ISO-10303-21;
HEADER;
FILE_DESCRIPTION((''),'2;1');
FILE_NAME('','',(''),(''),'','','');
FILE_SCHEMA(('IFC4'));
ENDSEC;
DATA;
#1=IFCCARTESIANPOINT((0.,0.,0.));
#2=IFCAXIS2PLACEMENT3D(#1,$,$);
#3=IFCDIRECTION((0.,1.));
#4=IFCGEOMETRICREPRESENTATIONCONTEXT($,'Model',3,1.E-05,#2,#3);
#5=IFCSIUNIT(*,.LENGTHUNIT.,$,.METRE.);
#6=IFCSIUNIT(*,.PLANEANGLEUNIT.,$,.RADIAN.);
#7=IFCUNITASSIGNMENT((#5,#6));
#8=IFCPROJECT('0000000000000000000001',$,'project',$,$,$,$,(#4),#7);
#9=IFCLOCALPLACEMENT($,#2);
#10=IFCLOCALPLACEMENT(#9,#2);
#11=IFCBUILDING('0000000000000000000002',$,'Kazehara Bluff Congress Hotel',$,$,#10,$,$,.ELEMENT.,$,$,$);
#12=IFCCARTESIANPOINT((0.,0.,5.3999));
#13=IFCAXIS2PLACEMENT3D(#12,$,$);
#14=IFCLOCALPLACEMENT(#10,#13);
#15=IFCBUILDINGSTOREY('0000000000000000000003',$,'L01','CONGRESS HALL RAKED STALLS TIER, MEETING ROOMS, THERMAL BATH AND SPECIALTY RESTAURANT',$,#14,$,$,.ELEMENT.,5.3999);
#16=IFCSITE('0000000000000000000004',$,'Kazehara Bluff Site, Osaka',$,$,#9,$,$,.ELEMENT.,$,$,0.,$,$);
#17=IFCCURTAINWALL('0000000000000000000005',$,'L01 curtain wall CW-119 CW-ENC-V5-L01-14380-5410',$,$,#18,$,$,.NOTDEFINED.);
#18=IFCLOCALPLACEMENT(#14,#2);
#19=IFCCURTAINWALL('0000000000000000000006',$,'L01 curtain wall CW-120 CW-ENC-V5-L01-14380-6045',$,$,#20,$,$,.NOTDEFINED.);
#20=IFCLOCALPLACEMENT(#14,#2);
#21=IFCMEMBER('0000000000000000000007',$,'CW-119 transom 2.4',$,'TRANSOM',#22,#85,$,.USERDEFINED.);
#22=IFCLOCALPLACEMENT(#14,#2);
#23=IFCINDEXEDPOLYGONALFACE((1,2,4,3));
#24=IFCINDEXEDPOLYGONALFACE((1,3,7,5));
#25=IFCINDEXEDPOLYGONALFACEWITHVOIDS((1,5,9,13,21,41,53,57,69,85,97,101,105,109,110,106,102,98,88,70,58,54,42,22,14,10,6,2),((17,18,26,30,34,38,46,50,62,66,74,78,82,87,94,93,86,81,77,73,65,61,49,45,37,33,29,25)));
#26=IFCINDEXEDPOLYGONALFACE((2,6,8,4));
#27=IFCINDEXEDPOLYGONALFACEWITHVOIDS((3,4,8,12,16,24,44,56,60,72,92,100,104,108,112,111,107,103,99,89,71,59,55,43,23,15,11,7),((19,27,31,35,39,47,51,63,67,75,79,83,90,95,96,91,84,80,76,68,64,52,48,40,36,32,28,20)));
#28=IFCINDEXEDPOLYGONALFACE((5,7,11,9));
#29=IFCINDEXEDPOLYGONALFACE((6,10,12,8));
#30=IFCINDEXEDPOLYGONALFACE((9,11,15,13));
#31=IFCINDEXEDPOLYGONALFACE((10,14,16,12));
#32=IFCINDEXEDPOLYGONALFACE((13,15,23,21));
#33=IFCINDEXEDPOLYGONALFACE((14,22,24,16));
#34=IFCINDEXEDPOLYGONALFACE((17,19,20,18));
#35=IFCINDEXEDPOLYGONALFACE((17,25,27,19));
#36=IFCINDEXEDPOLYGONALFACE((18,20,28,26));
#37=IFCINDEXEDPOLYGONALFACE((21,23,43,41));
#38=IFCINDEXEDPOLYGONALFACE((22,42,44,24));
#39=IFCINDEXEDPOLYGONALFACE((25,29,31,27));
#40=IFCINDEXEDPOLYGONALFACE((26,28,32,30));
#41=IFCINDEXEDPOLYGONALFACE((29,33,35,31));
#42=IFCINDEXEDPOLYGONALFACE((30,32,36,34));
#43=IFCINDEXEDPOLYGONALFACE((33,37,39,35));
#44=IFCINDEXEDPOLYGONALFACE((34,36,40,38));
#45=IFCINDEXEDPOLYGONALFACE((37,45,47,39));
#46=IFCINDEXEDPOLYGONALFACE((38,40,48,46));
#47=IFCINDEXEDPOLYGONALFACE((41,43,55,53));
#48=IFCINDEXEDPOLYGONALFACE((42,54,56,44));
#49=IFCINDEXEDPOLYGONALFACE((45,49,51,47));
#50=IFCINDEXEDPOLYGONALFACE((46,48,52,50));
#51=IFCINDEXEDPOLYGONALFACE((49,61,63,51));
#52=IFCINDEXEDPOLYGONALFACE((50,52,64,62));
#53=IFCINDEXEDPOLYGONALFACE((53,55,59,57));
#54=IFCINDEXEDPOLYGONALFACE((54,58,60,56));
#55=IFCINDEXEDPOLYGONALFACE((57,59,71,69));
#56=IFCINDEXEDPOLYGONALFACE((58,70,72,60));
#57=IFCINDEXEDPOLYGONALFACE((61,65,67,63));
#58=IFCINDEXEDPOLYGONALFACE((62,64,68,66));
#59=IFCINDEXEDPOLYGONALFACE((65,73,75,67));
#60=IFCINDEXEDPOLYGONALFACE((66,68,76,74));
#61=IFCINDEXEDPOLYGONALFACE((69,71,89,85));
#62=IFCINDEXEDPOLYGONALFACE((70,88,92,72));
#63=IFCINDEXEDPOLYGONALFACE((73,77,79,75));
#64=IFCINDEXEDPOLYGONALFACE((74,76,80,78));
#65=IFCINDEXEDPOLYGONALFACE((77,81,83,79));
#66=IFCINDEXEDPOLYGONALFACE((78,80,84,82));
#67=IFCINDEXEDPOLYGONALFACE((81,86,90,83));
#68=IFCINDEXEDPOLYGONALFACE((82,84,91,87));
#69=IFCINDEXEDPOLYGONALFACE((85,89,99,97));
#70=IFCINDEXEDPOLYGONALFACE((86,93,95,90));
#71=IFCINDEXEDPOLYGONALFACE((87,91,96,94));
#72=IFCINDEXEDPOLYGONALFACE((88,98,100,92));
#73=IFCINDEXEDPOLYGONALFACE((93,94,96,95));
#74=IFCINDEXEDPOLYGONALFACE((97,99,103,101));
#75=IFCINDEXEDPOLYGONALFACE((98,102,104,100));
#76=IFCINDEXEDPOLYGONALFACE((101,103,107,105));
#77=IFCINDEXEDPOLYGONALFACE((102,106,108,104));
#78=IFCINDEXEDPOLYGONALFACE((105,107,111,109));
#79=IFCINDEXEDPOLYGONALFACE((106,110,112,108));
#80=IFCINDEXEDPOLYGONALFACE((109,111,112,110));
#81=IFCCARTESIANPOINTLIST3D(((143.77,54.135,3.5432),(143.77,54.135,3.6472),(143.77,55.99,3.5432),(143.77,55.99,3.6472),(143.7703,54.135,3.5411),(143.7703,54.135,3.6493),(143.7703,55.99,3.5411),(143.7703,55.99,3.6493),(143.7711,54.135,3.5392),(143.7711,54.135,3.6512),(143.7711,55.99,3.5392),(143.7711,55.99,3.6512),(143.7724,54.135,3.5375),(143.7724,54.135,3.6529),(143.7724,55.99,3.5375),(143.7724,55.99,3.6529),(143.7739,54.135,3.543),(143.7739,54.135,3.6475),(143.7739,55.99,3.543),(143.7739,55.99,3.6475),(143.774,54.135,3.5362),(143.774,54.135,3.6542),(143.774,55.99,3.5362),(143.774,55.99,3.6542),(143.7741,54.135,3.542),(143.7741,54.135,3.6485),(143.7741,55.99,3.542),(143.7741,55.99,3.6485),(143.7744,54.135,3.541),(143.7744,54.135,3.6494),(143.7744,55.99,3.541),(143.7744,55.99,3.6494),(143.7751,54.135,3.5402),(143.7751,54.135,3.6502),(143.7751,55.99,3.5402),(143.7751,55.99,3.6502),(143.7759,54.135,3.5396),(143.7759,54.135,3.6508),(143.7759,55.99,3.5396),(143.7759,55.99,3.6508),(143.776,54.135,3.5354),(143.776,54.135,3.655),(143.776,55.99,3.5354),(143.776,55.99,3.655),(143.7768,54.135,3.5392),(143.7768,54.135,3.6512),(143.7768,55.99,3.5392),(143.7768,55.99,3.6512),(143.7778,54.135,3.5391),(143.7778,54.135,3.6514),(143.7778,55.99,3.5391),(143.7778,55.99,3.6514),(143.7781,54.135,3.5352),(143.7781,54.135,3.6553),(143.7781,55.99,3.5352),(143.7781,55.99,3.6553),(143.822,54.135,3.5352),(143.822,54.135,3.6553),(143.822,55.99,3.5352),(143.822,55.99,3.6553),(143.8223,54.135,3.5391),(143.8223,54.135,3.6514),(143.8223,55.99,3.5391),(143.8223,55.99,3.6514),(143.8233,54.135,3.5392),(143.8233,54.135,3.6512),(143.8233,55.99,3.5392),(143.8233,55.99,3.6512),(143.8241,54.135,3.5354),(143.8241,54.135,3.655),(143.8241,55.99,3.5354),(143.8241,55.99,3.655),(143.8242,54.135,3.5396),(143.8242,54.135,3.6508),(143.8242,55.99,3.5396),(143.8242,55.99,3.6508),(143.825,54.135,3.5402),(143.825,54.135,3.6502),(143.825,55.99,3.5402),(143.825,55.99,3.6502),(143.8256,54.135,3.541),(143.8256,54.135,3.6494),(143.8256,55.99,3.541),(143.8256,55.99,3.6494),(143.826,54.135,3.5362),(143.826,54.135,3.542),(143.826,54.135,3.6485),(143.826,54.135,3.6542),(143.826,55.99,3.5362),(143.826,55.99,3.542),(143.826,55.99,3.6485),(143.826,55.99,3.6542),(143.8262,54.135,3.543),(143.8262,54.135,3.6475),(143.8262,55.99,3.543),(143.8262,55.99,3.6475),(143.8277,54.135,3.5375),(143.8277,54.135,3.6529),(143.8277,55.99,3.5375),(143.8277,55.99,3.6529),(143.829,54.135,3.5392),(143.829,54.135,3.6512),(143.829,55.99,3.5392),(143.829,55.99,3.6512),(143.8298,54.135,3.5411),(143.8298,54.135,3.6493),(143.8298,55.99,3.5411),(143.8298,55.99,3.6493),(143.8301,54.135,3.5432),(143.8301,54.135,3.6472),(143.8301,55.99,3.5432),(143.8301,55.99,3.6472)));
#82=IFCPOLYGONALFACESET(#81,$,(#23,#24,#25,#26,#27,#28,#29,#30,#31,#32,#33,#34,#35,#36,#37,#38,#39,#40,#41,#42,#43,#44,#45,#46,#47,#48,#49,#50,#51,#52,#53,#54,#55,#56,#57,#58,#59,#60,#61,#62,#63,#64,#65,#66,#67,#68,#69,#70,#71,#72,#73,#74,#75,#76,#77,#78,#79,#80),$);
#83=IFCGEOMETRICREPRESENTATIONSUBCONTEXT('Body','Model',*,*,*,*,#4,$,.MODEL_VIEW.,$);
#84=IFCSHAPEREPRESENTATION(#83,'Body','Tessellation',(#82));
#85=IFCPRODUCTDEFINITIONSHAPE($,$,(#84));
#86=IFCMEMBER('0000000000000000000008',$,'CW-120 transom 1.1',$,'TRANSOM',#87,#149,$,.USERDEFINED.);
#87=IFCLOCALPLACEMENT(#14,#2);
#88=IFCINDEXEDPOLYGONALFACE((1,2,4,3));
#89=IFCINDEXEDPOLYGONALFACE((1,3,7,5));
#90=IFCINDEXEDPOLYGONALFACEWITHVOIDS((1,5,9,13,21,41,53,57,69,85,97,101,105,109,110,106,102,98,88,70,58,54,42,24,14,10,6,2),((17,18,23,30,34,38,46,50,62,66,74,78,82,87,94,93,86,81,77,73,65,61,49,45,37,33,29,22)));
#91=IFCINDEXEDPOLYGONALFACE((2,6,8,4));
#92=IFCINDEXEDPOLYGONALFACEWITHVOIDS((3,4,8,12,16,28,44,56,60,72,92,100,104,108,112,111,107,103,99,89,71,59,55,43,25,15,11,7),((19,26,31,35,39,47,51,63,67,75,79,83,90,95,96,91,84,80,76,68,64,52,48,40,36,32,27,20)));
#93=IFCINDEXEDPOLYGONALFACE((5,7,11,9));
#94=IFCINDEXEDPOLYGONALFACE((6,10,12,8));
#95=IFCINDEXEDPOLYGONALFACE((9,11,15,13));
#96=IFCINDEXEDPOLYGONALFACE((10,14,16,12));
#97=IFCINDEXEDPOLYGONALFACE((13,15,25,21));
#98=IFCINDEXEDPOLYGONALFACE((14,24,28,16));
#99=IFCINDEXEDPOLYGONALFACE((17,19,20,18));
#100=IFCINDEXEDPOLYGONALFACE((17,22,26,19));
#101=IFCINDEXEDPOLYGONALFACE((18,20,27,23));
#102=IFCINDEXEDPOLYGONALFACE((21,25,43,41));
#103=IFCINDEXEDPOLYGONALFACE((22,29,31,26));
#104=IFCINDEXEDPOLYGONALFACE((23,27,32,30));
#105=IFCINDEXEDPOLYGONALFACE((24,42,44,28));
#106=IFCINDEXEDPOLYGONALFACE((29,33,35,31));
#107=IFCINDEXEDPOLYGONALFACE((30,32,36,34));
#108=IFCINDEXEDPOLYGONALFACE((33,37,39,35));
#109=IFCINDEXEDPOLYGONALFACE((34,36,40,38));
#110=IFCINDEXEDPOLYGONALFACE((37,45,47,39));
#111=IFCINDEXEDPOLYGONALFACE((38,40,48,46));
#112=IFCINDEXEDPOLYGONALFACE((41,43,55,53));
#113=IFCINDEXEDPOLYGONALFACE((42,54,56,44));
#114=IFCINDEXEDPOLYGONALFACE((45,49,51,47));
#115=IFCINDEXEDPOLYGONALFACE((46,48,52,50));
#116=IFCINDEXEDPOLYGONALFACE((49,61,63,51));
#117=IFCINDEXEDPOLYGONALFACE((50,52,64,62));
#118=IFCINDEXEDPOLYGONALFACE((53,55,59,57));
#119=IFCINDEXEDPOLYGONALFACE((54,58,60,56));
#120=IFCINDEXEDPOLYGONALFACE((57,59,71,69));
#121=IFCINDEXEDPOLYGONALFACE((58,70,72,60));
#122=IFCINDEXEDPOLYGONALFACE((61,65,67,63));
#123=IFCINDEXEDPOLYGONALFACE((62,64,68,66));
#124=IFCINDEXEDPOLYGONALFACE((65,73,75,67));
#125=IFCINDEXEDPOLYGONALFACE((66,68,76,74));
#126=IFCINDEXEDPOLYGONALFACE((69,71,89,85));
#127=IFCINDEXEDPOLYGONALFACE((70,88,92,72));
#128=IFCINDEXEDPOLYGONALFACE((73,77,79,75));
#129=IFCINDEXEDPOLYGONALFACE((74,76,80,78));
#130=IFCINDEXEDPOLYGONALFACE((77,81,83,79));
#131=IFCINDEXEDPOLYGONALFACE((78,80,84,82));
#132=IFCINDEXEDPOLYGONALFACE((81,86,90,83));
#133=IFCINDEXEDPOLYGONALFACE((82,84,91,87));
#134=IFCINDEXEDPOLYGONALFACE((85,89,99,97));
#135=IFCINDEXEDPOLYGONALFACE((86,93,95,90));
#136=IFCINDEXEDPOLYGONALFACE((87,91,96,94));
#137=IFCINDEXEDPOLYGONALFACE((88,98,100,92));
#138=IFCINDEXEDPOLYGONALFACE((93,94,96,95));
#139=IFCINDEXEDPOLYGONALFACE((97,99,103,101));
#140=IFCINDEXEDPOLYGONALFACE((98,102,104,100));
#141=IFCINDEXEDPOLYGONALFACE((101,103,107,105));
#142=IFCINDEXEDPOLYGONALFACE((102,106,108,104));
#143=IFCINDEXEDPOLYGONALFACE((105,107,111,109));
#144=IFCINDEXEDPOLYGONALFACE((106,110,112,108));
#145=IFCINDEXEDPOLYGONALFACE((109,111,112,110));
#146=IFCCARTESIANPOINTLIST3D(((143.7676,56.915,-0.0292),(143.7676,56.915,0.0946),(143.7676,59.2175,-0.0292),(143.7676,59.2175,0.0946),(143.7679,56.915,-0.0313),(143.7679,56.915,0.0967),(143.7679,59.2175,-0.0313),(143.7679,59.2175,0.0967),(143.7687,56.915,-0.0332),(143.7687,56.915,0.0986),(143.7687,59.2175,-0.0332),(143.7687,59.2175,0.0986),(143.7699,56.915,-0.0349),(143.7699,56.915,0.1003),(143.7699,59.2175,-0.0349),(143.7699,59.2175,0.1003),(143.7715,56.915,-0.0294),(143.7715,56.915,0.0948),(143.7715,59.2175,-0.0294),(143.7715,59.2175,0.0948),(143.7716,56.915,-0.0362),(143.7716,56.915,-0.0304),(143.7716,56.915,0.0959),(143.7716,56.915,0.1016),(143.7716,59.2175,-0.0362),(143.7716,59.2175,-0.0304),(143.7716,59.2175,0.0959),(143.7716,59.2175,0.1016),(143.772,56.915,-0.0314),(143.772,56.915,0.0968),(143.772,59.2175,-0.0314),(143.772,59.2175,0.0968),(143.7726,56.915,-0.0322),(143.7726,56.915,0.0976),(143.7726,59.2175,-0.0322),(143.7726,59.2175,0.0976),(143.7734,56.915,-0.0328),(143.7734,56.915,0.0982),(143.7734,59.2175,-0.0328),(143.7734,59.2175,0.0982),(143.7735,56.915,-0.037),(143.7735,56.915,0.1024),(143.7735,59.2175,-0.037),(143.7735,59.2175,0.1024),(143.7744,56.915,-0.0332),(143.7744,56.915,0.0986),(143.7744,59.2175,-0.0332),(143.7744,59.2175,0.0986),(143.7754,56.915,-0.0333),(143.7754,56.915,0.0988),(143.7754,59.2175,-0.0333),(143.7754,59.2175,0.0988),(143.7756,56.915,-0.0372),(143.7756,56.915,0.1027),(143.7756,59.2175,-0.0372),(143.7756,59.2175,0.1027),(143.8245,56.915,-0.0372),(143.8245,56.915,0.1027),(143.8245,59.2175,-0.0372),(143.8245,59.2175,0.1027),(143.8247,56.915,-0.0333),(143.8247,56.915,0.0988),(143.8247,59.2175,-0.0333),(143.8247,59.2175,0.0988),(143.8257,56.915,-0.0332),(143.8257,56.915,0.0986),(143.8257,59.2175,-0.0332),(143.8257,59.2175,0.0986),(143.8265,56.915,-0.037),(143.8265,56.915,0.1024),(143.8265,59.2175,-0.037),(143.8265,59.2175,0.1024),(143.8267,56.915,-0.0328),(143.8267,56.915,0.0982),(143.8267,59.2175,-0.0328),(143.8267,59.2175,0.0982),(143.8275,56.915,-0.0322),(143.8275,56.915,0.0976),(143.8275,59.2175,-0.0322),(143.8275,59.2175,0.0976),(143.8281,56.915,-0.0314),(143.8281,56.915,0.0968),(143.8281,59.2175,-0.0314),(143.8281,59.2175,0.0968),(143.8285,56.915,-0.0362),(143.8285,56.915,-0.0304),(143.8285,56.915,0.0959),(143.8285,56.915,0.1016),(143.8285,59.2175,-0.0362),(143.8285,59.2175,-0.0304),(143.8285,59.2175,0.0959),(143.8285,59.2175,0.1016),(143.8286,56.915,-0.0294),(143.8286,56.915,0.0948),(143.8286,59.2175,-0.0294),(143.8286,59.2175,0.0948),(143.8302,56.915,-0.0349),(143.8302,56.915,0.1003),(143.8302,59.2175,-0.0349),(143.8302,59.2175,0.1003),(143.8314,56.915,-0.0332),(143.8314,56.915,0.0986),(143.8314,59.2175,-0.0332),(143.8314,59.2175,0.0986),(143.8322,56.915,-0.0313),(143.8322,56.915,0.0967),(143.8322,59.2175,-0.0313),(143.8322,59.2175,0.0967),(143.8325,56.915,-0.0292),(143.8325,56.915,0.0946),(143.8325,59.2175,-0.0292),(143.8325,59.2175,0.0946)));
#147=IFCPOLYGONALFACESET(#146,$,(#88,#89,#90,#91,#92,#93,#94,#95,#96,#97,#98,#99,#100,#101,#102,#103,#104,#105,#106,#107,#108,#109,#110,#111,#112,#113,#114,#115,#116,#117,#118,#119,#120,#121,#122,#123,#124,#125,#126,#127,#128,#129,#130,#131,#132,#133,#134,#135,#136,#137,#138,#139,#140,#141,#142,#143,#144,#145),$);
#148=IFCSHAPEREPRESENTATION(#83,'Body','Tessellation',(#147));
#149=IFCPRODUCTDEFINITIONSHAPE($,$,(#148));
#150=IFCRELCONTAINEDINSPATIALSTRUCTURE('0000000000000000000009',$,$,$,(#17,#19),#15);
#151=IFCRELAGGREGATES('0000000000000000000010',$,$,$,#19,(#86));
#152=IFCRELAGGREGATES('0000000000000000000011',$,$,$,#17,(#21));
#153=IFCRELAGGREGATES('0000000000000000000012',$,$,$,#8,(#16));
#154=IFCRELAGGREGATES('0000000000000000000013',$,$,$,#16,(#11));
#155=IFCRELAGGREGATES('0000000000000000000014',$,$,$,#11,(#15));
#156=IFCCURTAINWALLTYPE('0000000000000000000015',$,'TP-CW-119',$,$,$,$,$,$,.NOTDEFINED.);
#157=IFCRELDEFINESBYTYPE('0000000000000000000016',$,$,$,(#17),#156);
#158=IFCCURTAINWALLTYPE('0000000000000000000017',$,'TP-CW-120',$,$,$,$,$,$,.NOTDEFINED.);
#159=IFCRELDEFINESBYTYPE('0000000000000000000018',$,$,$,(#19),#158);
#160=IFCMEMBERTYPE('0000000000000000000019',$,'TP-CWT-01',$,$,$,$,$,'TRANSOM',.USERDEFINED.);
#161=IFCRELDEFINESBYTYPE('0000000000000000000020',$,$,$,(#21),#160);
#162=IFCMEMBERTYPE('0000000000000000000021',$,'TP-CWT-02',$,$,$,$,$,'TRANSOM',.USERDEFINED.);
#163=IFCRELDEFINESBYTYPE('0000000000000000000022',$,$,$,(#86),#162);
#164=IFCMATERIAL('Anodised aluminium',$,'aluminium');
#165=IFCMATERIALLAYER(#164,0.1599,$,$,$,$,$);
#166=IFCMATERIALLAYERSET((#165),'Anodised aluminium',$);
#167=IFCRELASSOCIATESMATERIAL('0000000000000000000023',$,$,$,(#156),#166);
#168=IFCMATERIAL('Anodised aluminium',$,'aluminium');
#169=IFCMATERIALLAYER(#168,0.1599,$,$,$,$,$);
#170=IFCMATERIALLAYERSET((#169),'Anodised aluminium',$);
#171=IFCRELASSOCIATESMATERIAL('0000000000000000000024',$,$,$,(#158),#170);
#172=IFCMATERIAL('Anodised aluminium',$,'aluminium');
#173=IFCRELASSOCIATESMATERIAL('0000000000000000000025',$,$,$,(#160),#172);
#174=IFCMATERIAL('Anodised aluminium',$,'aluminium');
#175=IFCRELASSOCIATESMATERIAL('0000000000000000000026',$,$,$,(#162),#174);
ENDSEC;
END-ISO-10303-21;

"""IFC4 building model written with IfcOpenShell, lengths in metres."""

from ifc_helpers import new_model, si_unit, direction, frame, origin, origin_2d, place, context, subcontext, project, spatial, hollow_rectangle, extrude, material, layer, layer_set, material_profile, profile_set, type_object, element, aggregate, save


model = new_model("IFC4")

# Units and contexts
model_context = context("Model", 3, precision=1e-05, world=origin(), true_north=direction((0.0, 1.0)))
body_context = subcontext(model_context, "Body", "Model", "MODEL_VIEW")
ifc_project = project(units=[si_unit("LENGTHUNIT", "METRE"), si_unit("PLANEANGLEUNIT", "RADIAN")], contexts=[model_context])

# Site, building, storey
site_placement = place(None, origin())
site = spatial("IfcSite", under=ifc_project, at=site_placement, Name="Kazehara Bluff Site, Osaka", CompositionType="ELEMENT", RefElevation=0.0)
building_placement = place(site_placement, origin())
building = spatial("IfcBuilding", under=site, at=building_placement, Name="Kazehara Bluff Congress Hotel", CompositionType="ELEMENT")
storey_placement = place(building_placement, frame((0.0, 0.0, 5.3999)))
storey = spatial("IfcBuildingStorey", under=building, at=storey_placement, Name="L01", Description="CONGRESS HALL RAKED STALLS TIER, MEETING ROOMS, THERMAL BATH AND SPECIALTY RESTAURANT", CompositionType="ELEMENT", Elevation=5.3999)

# Curtain walls
ifc_material_1 = material(Name="Anodised aluminium", Category="aluminium")
ifc_layer_1 = layer(ifc_material_1, 0.1599)
ifc_layer_set_1 = layer_set([ifc_layer_1], Name="Anodised aluminium")
curtain_wall_type_1 = type_object("IfcCurtainWallType", Name="TP-CW-119", PredefinedType="NOTDEFINED", material=ifc_layer_set_1)
curtain_wall_1_placement = place(storey_placement, origin())
curtain_wall_1 = element("IfcCurtainWall", 1, at=curtain_wall_1_placement, inside=storey, type_object=curtain_wall_type_1, Name="L01 curtain wall CW-119 CW-ENC-V5-L01-14380-5410", PredefinedType="NOTDEFINED")
ifc_material_2 = material(Name="Anodised aluminium", Category="aluminium")
ifc_layer_2 = layer(ifc_material_2, 0.1599)
ifc_layer_set_2 = layer_set([ifc_layer_2], Name="Anodised aluminium")
curtain_wall_type_2 = type_object("IfcCurtainWallType", Name="TP-CW-120", PredefinedType="NOTDEFINED", material=ifc_layer_set_2)
curtain_wall_2_placement = place(storey_placement, origin())
curtain_wall_2 = element("IfcCurtainWall", 2, at=curtain_wall_2_placement, inside=storey, type_object=curtain_wall_type_2, Name="L01 curtain wall CW-120 CW-ENC-V5-L01-14380-6045", PredefinedType="NOTDEFINED")

# Members
ifc_material_3 = material(Name="Anodised aluminium", Category="aluminium")
ifc_material_profile_1 = material_profile(ifc_material_3, hollow_rectangle(XDim=0.0601, YDim=0.1201, WallThickness=0.0039, InnerFilletRadius=0.0039, OuterFilletRadius=0.0081, at=origin_2d()))
ifc_profile_set_1 = profile_set([ifc_material_profile_1], Name="Anodised aluminium")
member_type_1 = type_object("IfcMemberType", Name="TP-CWT-01", ElementType="TRANSOM", PredefinedType="USERDEFINED", material=ifc_profile_set_1)
member_1_placement = place(storey_placement, frame((143.8, 54.135, 3.5952), z_axis=(0.0, 1.0, 0.0), x_axis=(-1.0, 0.0, 0.0)))
member_1 = element("IfcMember", 3, at=member_1_placement, type_object=member_type_1, Name="CW-119 transom 2.4", ObjectType="TRANSOM", PredefinedType="USERDEFINED", context=body_context, shape_type="SweptSolid", body=[
    extrude(hollow_rectangle(XDim=0.0601, YDim=0.1201, WallThickness=0.0039, InnerFilletRadius=0.0039, OuterFilletRadius=0.0081, at=origin_2d()), origin(), (0.0, 0.0, 1.0), 1.855),
])
ifc_material_4 = material(Name="Anodised aluminium", Category="aluminium")
ifc_material_profile_2 = material_profile(ifc_material_4, hollow_rectangle(XDim=0.0649, YDim=0.1399, WallThickness=0.0039, InnerFilletRadius=0.0039, OuterFilletRadius=0.0081, at=origin_2d()))
ifc_profile_set_2 = profile_set([ifc_material_profile_2], Name="Anodised aluminium")
member_type_2 = type_object("IfcMemberType", Name="TP-CWT-02", ElementType="TRANSOM", PredefinedType="USERDEFINED", material=ifc_profile_set_2)
member_2_placement = place(storey_placement, frame((143.8, 56.915, 0.0327), z_axis=(0.0, 1.0, 0.0), x_axis=(-1.0, 0.0, 0.0)))
member_2 = element("IfcMember", 4, at=member_2_placement, type_object=member_type_2, Name="CW-120 transom 1.1", ObjectType="TRANSOM", PredefinedType="USERDEFINED", context=body_context, shape_type="SweptSolid", body=[
    extrude(hollow_rectangle(XDim=0.0649, YDim=0.1399, WallThickness=0.0039, InnerFilletRadius=0.0039, OuterFilletRadius=0.0081, at=origin_2d()), origin(), (0.0, 0.0, 1.0), 2.3025),
])

aggregate(curtain_wall_2, [member_2])
aggregate(curtain_wall_1, [member_1])

save(model, "model.ifc")
